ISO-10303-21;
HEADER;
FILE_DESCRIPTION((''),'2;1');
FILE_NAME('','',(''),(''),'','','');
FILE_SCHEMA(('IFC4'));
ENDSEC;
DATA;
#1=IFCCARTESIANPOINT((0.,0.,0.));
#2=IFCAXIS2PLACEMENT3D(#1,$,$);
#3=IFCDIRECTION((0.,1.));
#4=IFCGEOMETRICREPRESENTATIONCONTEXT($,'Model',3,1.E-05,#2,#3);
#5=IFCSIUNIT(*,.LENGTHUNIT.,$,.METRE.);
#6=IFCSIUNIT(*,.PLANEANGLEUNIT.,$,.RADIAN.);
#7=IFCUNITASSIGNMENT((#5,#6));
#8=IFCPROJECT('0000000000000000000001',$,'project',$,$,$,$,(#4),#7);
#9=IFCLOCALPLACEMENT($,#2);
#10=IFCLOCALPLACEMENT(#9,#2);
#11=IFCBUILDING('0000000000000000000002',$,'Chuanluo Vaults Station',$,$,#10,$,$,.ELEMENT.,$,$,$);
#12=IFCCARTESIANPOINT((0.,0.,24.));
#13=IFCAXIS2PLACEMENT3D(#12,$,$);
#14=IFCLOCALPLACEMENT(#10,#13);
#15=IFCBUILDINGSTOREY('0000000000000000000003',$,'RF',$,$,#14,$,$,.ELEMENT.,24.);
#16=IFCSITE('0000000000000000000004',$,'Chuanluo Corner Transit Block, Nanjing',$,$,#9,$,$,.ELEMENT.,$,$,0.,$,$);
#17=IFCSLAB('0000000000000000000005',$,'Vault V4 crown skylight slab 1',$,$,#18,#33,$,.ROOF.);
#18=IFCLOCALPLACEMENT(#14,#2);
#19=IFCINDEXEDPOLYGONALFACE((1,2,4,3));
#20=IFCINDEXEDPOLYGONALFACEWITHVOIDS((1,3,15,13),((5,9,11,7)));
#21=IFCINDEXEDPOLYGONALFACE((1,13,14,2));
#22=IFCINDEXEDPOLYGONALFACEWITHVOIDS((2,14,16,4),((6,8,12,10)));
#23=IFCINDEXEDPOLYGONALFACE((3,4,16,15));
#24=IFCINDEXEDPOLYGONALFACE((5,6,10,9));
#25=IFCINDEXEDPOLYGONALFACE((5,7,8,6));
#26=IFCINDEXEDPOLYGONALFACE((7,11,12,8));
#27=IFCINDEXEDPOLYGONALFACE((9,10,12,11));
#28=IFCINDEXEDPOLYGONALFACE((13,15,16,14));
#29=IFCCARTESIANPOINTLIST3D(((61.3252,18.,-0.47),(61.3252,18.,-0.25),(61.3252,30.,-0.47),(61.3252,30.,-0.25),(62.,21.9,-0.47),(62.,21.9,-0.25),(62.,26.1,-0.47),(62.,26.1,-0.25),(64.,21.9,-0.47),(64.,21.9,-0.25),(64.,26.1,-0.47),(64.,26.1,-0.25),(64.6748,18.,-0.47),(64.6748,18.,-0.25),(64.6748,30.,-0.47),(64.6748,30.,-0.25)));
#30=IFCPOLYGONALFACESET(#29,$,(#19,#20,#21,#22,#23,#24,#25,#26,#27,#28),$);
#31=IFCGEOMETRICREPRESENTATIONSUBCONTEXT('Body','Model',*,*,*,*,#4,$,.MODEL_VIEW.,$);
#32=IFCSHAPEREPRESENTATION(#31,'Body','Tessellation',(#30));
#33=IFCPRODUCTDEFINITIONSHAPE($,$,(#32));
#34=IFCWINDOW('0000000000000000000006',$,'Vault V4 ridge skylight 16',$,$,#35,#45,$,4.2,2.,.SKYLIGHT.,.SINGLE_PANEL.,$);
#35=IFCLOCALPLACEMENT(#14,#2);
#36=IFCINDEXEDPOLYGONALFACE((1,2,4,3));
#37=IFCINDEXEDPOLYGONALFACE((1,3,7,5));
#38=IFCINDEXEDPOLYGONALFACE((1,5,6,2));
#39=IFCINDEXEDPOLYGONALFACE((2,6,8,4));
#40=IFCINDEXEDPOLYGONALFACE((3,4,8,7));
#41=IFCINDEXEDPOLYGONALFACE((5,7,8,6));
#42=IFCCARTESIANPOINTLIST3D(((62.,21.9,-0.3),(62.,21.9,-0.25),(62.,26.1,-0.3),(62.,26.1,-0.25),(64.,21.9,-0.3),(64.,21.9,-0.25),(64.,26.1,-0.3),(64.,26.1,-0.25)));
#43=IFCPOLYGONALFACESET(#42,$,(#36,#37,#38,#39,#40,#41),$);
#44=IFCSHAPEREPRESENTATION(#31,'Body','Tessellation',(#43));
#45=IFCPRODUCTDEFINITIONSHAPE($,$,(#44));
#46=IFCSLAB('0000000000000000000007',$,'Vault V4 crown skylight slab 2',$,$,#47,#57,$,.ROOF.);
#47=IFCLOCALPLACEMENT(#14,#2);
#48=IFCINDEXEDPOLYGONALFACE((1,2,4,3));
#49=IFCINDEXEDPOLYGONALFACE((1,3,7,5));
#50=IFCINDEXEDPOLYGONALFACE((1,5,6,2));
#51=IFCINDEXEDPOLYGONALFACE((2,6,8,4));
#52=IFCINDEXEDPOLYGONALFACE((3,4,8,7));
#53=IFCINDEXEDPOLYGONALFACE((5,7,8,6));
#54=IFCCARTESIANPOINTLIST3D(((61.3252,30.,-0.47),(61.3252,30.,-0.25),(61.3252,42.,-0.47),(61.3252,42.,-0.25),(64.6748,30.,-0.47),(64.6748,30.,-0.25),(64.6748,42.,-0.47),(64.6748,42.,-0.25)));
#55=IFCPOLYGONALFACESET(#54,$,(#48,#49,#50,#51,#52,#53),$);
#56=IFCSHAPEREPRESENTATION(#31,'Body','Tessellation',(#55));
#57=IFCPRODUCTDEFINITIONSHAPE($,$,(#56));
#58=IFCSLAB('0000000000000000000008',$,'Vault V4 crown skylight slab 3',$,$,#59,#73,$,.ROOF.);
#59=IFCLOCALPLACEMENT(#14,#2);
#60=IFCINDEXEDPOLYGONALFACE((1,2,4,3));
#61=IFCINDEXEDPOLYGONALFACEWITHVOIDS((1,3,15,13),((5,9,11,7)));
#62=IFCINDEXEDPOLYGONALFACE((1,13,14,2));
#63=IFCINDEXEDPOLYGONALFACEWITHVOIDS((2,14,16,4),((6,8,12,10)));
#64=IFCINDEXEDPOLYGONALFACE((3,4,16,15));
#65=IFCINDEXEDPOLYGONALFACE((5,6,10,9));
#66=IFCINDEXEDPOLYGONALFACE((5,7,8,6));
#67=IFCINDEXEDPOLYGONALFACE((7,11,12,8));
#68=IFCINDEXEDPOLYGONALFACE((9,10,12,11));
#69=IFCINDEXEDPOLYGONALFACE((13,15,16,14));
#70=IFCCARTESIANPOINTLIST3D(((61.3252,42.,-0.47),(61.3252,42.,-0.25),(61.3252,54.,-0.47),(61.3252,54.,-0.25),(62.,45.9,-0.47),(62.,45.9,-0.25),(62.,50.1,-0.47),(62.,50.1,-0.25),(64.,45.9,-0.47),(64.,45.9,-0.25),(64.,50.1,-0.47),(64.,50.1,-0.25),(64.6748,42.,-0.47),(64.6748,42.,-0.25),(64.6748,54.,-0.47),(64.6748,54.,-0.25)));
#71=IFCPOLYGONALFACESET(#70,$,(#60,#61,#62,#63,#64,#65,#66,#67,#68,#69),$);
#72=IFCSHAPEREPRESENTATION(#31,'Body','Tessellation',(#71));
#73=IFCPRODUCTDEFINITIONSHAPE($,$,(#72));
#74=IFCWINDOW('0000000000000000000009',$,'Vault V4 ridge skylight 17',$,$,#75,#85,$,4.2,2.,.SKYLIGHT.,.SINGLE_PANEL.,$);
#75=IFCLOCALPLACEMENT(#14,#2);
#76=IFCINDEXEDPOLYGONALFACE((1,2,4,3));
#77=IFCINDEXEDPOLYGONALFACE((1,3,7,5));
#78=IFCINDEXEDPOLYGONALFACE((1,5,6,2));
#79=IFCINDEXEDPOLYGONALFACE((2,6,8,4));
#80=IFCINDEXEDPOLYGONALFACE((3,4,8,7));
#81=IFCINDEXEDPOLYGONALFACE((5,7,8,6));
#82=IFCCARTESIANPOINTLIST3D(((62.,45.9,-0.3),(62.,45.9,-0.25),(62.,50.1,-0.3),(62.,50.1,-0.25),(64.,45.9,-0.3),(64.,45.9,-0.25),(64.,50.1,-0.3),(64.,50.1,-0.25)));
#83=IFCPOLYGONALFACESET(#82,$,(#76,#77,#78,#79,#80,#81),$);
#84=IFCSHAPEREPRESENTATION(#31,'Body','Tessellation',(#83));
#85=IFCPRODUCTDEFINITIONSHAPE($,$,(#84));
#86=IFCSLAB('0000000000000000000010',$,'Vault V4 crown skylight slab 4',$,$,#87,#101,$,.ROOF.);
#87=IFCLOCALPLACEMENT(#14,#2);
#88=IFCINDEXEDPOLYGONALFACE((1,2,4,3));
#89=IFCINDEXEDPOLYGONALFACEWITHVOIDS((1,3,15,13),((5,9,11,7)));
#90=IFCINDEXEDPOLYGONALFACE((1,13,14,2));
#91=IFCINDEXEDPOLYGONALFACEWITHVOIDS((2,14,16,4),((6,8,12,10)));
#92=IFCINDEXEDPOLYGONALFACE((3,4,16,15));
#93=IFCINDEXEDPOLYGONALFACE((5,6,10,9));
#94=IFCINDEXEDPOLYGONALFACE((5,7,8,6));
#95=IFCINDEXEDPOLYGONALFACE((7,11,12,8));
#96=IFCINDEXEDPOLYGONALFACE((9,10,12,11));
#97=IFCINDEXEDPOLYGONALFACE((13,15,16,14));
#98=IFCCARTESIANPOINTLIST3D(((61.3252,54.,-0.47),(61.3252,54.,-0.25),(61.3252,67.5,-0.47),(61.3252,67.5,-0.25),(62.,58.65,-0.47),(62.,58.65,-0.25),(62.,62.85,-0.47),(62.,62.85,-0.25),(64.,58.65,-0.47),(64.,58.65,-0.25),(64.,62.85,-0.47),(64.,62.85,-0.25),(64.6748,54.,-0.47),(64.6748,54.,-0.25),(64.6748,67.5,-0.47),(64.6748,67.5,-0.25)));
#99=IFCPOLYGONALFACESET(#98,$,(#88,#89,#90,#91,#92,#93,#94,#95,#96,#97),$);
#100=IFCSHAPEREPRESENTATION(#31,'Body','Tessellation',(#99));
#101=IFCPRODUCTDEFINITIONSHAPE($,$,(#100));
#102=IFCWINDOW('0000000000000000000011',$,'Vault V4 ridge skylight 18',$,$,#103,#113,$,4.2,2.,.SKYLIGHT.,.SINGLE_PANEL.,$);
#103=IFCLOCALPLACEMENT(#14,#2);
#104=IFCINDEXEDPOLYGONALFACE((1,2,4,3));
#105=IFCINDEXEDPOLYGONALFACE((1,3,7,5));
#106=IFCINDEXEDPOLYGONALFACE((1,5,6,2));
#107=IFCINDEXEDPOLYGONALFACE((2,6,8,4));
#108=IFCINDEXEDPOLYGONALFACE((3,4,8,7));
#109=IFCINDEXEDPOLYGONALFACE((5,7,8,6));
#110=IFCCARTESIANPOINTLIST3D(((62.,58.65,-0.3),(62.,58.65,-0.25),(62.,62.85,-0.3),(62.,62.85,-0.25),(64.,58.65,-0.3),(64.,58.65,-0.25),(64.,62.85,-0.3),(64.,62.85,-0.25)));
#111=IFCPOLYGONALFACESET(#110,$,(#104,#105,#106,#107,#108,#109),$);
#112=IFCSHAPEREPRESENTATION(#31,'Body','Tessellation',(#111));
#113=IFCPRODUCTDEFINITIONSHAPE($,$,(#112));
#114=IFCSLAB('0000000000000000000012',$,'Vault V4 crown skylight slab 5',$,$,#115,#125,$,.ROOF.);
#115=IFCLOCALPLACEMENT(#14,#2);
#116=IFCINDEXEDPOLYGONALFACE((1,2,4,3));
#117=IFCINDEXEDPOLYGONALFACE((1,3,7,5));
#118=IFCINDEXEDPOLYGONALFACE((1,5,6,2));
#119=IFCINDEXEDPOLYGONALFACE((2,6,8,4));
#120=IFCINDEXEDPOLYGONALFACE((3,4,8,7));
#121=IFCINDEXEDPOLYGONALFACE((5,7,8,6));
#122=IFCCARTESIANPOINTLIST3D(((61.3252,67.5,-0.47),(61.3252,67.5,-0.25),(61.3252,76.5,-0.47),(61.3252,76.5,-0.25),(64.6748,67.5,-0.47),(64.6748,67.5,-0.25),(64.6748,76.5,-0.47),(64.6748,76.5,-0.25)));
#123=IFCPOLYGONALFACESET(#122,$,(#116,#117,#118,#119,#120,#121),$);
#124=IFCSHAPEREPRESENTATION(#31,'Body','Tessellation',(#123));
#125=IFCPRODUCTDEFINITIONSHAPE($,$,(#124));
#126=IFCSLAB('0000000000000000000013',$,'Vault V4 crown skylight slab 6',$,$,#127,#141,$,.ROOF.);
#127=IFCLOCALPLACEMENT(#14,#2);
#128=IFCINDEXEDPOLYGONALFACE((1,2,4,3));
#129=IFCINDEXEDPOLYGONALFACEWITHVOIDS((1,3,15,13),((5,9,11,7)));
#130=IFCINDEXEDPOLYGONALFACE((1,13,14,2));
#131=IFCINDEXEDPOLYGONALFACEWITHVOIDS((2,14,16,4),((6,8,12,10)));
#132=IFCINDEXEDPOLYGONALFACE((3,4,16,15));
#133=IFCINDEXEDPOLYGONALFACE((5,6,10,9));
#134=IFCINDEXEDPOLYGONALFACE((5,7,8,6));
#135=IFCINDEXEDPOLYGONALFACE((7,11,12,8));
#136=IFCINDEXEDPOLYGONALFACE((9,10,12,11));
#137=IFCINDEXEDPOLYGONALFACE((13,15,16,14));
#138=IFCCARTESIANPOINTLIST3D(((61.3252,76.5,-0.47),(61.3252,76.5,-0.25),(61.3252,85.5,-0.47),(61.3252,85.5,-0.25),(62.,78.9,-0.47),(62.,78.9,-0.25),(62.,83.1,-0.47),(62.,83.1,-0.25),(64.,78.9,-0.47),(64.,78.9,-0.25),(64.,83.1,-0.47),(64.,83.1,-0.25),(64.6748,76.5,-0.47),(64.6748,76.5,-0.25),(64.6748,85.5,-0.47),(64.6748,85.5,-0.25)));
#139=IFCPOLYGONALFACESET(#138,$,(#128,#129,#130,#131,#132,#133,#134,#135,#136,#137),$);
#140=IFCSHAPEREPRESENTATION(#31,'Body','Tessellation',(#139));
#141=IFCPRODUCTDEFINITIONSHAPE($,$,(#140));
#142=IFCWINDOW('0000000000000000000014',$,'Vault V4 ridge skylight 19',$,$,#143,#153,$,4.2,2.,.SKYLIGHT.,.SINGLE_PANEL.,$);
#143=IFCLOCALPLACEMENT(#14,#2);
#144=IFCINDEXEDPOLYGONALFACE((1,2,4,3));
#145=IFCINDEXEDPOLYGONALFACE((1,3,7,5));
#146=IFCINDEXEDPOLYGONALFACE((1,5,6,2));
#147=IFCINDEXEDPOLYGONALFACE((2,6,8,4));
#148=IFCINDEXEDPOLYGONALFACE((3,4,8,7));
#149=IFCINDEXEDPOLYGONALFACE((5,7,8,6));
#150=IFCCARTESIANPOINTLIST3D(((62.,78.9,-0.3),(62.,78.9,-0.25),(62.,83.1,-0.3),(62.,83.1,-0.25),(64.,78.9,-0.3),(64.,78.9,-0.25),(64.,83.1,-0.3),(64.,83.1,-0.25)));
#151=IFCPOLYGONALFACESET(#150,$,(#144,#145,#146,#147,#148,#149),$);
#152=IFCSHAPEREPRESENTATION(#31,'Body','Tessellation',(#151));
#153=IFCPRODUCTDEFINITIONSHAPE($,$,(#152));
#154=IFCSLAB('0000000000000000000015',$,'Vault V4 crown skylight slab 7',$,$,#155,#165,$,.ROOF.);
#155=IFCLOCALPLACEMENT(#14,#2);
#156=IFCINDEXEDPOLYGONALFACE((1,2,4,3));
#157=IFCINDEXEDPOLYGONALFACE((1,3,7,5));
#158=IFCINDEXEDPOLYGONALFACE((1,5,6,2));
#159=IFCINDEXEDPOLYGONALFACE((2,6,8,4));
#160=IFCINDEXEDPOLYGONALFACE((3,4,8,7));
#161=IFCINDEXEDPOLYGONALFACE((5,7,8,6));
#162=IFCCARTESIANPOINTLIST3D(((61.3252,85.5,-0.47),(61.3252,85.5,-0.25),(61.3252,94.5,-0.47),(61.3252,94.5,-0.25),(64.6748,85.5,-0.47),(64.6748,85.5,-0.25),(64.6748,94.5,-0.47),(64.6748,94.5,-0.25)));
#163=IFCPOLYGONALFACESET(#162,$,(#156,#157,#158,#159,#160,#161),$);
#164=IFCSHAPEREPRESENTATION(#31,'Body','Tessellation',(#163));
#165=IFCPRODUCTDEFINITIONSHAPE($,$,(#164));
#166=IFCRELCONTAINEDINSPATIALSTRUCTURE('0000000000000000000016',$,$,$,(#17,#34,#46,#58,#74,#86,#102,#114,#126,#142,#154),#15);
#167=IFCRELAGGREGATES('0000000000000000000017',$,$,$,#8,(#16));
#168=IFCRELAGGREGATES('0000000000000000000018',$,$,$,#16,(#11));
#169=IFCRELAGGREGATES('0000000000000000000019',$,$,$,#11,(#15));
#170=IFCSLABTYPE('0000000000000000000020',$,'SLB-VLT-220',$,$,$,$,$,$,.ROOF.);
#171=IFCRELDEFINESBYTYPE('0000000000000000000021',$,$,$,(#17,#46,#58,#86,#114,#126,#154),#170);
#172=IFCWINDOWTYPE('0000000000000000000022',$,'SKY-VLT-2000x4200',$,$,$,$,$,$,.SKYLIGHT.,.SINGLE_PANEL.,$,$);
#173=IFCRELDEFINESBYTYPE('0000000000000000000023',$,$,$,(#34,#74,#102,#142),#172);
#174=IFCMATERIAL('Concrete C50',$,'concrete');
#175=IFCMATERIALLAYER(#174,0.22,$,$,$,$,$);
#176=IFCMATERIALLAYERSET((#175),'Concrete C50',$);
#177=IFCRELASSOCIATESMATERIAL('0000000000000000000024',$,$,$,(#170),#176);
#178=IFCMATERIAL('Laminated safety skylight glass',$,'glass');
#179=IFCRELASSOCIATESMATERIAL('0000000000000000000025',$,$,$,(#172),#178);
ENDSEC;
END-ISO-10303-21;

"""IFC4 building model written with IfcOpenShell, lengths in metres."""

from ifc_helpers import new_model, si_unit, direction, frame, origin, origin_2d, place, context, subcontext, project, spatial, polyline, rectangle, outline, extrude, material, layer, layer_set, type_object, element, fill, save


model = new_model("IFC4")

# Units and contexts
model_context = context("Model", 3, precision=1e-05, world=origin(), true_north=direction((0.0, 1.0)))
body_context = subcontext(model_context, "Body", "Model", "MODEL_VIEW")
ifc_project = project(units=[si_unit("LENGTHUNIT", "METRE"), si_unit("PLANEANGLEUNIT", "RADIAN")], contexts=[model_context])

# Site, building, storey
site_placement = place(None, origin())
site = spatial("IfcSite", under=ifc_project, at=site_placement, Name="Chuanluo Corner Transit Block, Nanjing", CompositionType="ELEMENT", RefElevation=0.0)
building_placement = place(site_placement, origin())
building = spatial("IfcBuilding", under=site, at=building_placement, Name="Chuanluo Vaults Station", CompositionType="ELEMENT")
storey_placement = place(building_placement, frame((0.0, 0.0, 24.0)))
storey = spatial("IfcBuildingStorey", under=building, at=storey_placement, Name="RF", CompositionType="ELEMENT", Elevation=24.0)

# Slab, opening, window
ifc_material_1 = material(Name="Concrete C50", Category="concrete")
ifc_layer_1 = layer(ifc_material_1, 0.22)
ifc_layer_set_1 = layer_set([ifc_layer_1], Name="Concrete C50")
slab_type = type_object("IfcSlabType", Name="SLB-VLT-220", PredefinedType="ROOF", material=ifc_layer_set_1)
slab_1_placement = place(storey_placement, frame((0.0, 0.0, -0.47)))
slab_1 = element("IfcSlab", 1, at=slab_1_placement, inside=storey, type_object=slab_type, Name="Vault V4 crown skylight slab 1", PredefinedType="ROOF", context=body_context, shape_type="SweptSolid", body=[
    extrude(outline(polyline([(61.3252, 18.0), (64.6748, 18.0), (64.6748, 30.0), (61.3252, 30.0), (61.3252, 18.0)])), origin(), (0.0, 0.0, 1.0), 0.22),
])
opening_1_placement = place(slab_1_placement, frame((63.0, 24.0, 0.0)))
opening_1 = element("IfcOpeningElement", 2, at=opening_1_placement, cuts=slab_1, PredefinedType="OPENING", context=body_context, shape_type="SweptSolid", body=[
    extrude(rectangle(XDim=2.0, YDim=4.2, at=origin_2d()), frame((0.0, 0.0, -0.01)), (0.0, 0.0, 1.0), 0.24),
])
ifc_material_2 = material(Name="Laminated safety skylight glass", Category="glass")
window_type = type_object("IfcWindowType", Name="SKY-VLT-2000x4200", PartitioningType="SINGLE_PANEL", PredefinedType="SKYLIGHT", material=ifc_material_2)
window_1_placement = place(opening_1_placement, frame((0.0, 0.0, 0.1699)))
window_1 = element("IfcWindow", 3, at=window_1_placement, inside=storey, type_object=window_type, Name="Vault V4 ridge skylight 16", OverallHeight=4.2, OverallWidth=2.0, PartitioningType="SINGLE_PANEL", PredefinedType="SKYLIGHT", context=body_context, shape_type="SweptSolid", body=[
    extrude(rectangle(XDim=2.0, YDim=4.2, at=origin_2d()), origin(), (0.0, 0.0, 1.0), 0.05),
])
fill(opening_1, window_1)

# Slab
slab_2_placement = place(storey_placement, frame((0.0, 0.0, -0.47)))
element("IfcSlab", 4, at=slab_2_placement, inside=storey, type_object=slab_type, Name="Vault V4 crown skylight slab 2", PredefinedType="ROOF", context=body_context, shape_type="SweptSolid", body=[
    extrude(outline(polyline([(61.3252, 30.0), (64.6748, 30.0), (64.6748, 42.0), (61.3252, 42.0), (61.3252, 30.0)])), origin(), (0.0, 0.0, 1.0), 0.22),
])

# Slabs, openings, windows
slab_3_placement = place(storey_placement, frame((0.0, 0.0, -0.47)))
slab_3 = element("IfcSlab", 5, at=slab_3_placement, inside=storey, type_object=slab_type, Name="Vault V4 crown skylight slab 3", PredefinedType="ROOF", context=body_context, shape_type="SweptSolid", body=[
    extrude(outline(polyline([(61.3252, 42.0), (64.6748, 42.0), (64.6748, 54.0), (61.3252, 54.0), (61.3252, 42.0)])), origin(), (0.0, 0.0, 1.0), 0.22),
])
opening_2_placement = place(slab_3_placement, frame((63.0, 48.0, 0.0)))
opening_2 = element("IfcOpeningElement", 6, at=opening_2_placement, cuts=slab_3, PredefinedType="OPENING", context=body_context, shape_type="SweptSolid", body=[
    extrude(rectangle(XDim=2.0, YDim=4.2, at=origin_2d()), frame((0.0, 0.0, -0.01)), (0.0, 0.0, 1.0), 0.24),
])
window_2_placement = place(opening_2_placement, frame((0.0, 0.0, 0.1699)))
window_2 = element("IfcWindow", 7, at=window_2_placement, inside=storey, type_object=window_type, Name="Vault V4 ridge skylight 17", OverallHeight=4.2, OverallWidth=2.0, PartitioningType="SINGLE_PANEL", PredefinedType="SKYLIGHT", context=body_context, shape_type="SweptSolid", body=[
    extrude(rectangle(XDim=2.0, YDim=4.2, at=origin_2d()), origin(), (0.0, 0.0, 1.0), 0.05),
])
fill(opening_2, window_2)
slab_4_placement = place(storey_placement, frame((0.0, 0.0, -0.47)))
slab_4 = element("IfcSlab", 8, at=slab_4_placement, inside=storey, type_object=slab_type, Name="Vault V4 crown skylight slab 4", PredefinedType="ROOF", context=body_context, shape_type="SweptSolid", body=[
    extrude(outline(polyline([(61.3252, 54.0), (64.6748, 54.0), (64.6748, 67.5), (61.3252, 67.5), (61.3252, 54.0)])), origin(), (0.0, 0.0, 1.0), 0.22),
])
opening_3_placement = place(slab_4_placement, frame((63.0, 60.75, 0.0)))
opening_3 = element("IfcOpeningElement", 9, at=opening_3_placement, cuts=slab_4, PredefinedType="OPENING", context=body_context, shape_type="SweptSolid", body=[
    extrude(rectangle(XDim=2.0, YDim=4.2, at=origin_2d()), frame((0.0, 0.0, -0.01)), (0.0, 0.0, 1.0), 0.24),
])
window_3_placement = place(opening_3_placement, frame((0.0, 0.0, 0.1699)))
window_3 = element("IfcWindow", 10, at=window_3_placement, inside=storey, type_object=window_type, Name="Vault V4 ridge skylight 18", OverallHeight=4.2, OverallWidth=2.0, PartitioningType="SINGLE_PANEL", PredefinedType="SKYLIGHT", context=body_context, shape_type="SweptSolid", body=[
    extrude(rectangle(XDim=2.0, YDim=4.2, at=origin_2d()), origin(), (0.0, 0.0, 1.0), 0.05),
])
fill(opening_3, window_3)

# Slab
slab_5_placement = place(storey_placement, frame((0.0, 0.0, -0.47)))
element("IfcSlab", 11, at=slab_5_placement, inside=storey, type_object=slab_type, Name="Vault V4 crown skylight slab 5", PredefinedType="ROOF", context=body_context, shape_type="SweptSolid", body=[
    extrude(outline(polyline([(61.3252, 67.5), (64.6748, 67.5), (64.6748, 76.5), (61.3252, 76.5), (61.3252, 67.5)])), origin(), (0.0, 0.0, 1.0), 0.22),
])

# Slab, opening, window
slab_6_placement = place(storey_placement, frame((0.0, 0.0, -0.47)))
slab_6 = element("IfcSlab", 12, at=slab_6_placement, inside=storey, type_object=slab_type, Name="Vault V4 crown skylight slab 6", PredefinedType="ROOF", context=body_context, shape_type="SweptSolid", body=[
    extrude(outline(polyline([(61.3252, 76.5), (64.6748, 76.5), (64.6748, 85.5), (61.3252, 85.5), (61.3252, 76.5)])), origin(), (0.0, 0.0, 1.0), 0.22),
])
opening_4_placement = place(slab_6_placement, frame((63.0, 81.0, 0.0)))
opening_4 = element("IfcOpeningElement", 13, at=opening_4_placement, cuts=slab_6, PredefinedType="OPENING", context=body_context, shape_type="SweptSolid", body=[
    extrude(rectangle(XDim=2.0, YDim=4.2, at=origin_2d()), frame((0.0, 0.0, -0.01)), (0.0, 0.0, 1.0), 0.24),
])
window_4_placement = place(opening_4_placement, frame((0.0, 0.0, 0.1699)))
window_4 = element("IfcWindow", 14, at=window_4_placement, inside=storey, type_object=window_type, Name="Vault V4 ridge skylight 19", OverallHeight=4.2, OverallWidth=2.0, PartitioningType="SINGLE_PANEL", PredefinedType="SKYLIGHT", context=body_context, shape_type="SweptSolid", body=[
    extrude(rectangle(XDim=2.0, YDim=4.2, at=origin_2d()), origin(), (0.0, 0.0, 1.0), 0.05),
])
fill(opening_4, window_4)

# Slab
slab_7_placement = place(storey_placement, frame((0.0, 0.0, -0.47)))
element("IfcSlab", 15, at=slab_7_placement, inside=storey, type_object=slab_type, Name="Vault V4 crown skylight slab 7", PredefinedType="ROOF", context=body_context, shape_type="SweptSolid", body=[
    extrude(outline(polyline([(61.3252, 85.5), (64.6748, 85.5), (64.6748, 94.5), (61.3252, 94.5), (61.3252, 85.5)])), origin(), (0.0, 0.0, 1.0), 0.22),
])

save(model, "model.ifc")
